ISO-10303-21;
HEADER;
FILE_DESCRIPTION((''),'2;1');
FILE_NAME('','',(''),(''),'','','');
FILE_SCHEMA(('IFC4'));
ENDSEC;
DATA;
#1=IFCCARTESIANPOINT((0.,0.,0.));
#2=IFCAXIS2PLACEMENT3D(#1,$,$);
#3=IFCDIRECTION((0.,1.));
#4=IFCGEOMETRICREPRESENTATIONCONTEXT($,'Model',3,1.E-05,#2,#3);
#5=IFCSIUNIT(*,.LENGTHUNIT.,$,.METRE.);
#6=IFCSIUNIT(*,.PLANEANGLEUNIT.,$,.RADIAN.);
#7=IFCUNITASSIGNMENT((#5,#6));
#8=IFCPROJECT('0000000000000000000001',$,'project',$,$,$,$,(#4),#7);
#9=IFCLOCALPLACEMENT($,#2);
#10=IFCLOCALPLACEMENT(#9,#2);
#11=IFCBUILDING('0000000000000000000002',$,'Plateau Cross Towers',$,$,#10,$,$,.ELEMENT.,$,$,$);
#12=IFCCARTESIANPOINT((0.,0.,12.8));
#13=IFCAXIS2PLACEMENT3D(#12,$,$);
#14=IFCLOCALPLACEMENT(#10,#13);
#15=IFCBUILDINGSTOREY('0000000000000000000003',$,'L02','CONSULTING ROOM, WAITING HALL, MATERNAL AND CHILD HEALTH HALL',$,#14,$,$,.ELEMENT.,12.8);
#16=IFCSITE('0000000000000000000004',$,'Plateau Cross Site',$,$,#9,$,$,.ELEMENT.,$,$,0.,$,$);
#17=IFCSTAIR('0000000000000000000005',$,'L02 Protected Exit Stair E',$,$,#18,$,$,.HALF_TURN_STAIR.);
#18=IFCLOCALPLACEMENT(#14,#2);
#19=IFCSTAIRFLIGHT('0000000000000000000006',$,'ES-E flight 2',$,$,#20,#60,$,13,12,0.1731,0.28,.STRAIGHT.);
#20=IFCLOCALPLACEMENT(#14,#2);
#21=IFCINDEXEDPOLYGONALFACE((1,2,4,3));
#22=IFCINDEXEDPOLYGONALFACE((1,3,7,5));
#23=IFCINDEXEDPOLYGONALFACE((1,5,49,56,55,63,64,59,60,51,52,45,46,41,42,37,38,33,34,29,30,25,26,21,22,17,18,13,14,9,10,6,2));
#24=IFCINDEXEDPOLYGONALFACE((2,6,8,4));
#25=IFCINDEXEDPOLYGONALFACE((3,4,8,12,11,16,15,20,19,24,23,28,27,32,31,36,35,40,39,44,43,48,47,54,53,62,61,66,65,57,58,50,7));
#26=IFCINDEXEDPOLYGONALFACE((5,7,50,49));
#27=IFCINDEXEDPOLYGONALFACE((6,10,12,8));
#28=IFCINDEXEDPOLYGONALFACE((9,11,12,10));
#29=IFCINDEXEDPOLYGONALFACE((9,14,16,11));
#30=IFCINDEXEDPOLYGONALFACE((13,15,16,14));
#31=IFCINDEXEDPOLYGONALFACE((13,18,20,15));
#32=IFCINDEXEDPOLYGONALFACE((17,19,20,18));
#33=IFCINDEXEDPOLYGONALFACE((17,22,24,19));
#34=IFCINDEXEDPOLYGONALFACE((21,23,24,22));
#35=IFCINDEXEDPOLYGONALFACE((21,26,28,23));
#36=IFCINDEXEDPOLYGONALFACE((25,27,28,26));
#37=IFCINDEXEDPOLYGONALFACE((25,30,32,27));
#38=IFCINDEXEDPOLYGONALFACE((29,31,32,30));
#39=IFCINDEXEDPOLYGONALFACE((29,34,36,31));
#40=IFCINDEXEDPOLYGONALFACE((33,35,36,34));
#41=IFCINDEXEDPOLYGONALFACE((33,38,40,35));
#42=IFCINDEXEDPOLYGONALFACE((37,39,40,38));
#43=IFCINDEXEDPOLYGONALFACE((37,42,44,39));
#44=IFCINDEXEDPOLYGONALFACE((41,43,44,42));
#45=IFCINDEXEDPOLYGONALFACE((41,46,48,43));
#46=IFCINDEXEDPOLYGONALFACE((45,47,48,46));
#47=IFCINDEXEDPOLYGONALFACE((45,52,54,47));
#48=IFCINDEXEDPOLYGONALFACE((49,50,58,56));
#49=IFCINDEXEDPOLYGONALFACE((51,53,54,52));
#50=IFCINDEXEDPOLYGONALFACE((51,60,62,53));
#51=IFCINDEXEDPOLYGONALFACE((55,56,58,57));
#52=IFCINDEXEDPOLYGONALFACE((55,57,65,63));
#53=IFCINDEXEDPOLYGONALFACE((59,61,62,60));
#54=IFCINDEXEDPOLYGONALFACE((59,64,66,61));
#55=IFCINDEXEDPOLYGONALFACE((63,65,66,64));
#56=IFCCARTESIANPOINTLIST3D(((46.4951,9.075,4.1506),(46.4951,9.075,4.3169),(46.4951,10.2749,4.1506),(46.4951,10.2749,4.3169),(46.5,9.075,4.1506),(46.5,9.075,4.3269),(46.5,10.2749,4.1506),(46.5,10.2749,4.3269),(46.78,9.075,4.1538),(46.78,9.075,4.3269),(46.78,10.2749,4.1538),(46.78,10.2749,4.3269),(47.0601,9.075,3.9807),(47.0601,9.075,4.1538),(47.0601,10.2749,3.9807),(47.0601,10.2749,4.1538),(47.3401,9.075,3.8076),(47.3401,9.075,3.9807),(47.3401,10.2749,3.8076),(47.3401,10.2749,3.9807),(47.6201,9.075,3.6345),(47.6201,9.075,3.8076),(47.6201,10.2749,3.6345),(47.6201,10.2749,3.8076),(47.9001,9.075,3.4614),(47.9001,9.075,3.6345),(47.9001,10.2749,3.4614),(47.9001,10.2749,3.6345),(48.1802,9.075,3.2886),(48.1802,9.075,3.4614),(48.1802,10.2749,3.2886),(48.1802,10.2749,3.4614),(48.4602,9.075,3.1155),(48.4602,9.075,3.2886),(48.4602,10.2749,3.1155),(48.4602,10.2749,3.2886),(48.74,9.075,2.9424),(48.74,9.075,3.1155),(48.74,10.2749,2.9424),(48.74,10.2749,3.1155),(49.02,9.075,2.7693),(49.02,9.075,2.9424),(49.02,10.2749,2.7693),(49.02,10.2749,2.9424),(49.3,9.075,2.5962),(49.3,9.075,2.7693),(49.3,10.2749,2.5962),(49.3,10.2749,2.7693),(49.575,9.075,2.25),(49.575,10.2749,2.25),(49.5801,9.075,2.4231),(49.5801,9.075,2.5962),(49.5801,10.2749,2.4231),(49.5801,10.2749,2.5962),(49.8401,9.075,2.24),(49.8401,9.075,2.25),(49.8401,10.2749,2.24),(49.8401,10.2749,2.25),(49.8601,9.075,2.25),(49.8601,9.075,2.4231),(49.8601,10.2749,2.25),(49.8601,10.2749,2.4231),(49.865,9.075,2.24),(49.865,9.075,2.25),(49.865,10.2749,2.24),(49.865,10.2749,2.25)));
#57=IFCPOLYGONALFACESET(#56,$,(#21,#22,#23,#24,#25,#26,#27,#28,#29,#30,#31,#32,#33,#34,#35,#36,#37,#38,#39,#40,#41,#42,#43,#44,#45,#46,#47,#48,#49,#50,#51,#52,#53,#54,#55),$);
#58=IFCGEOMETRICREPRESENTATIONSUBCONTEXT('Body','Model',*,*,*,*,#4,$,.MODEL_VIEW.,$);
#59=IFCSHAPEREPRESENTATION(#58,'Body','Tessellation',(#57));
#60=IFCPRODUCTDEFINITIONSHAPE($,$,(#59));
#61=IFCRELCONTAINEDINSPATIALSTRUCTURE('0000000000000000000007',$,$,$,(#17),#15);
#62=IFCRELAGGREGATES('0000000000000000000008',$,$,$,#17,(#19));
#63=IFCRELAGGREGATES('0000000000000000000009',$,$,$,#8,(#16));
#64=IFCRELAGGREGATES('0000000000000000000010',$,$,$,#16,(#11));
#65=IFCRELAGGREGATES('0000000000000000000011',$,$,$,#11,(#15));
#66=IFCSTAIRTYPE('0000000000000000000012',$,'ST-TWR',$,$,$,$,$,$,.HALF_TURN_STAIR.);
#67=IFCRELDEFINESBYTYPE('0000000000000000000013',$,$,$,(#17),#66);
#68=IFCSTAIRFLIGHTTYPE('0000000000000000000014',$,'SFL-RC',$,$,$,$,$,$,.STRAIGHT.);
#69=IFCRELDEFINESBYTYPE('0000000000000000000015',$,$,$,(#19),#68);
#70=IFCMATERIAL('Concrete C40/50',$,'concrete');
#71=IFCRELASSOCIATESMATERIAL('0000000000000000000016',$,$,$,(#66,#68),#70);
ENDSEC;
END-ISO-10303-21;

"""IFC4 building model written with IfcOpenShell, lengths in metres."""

from ifc_helpers import new_model, si_unit, direction, frame, origin, place, context, subcontext, project, spatial, polyline, outline, extrude, material, type_object, element, aggregate, save


model = new_model("IFC4")

# Units and contexts
model_context = context("Model", 3, precision=1e-05, world=origin(), true_north=direction((0.0, 1.0)))
body_context = subcontext(model_context, "Body", "Model", "MODEL_VIEW")
ifc_project = project(units=[si_unit("LENGTHUNIT", "METRE"), si_unit("PLANEANGLEUNIT", "RADIAN")], contexts=[model_context])

# Site, building, storey
site_placement = place(None, origin())
site = spatial("IfcSite", under=ifc_project, at=site_placement, Name="Plateau Cross Site", CompositionType="ELEMENT", RefElevation=0.0)
building_placement = place(site_placement, origin())
building = spatial("IfcBuilding", under=site, at=building_placement, Name="Plateau Cross Towers", CompositionType="ELEMENT")
storey_placement = place(building_placement, frame((0.0, 0.0, 12.8)))
storey = spatial("IfcBuildingStorey", under=building, at=storey_placement, Name="L02", Description="CONSULTING ROOM, WAITING HALL, MATERNAL AND CHILD HEALTH HALL", CompositionType="ELEMENT", Elevation=12.8)

# Stair, stair flight
ifc_material_1 = material(Name="Concrete C40/50", Category="concrete")
stair_type = type_object("IfcStairType", Name="ST-TWR", PredefinedType="HALF_TURN_STAIR", material=ifc_material_1)
stair_placement = place(storey_placement, origin())
stair = element("IfcStair", 1, at=stair_placement, inside=storey, type_object=stair_type, Name="L02 Protected Exit Stair E", PredefinedType="HALF_TURN_STAIR")
stair_flight_type = type_object("IfcStairFlightType", Name="SFL-RC", PredefinedType="STRAIGHT", material=ifc_material_1)
stair_flight_1_placement = place(storey_placement, frame((49.8601, 9.675, 2.25), z_axis=(0.0, 0.0, 1.0), x_axis=(-1.0, 0.0, 0.0)))
stair_flight_1 = element("IfcStairFlight", 2, at=stair_flight_1_placement, type_object=stair_flight_type, Name="ES-E flight 2", NumberOfRisers=13, NumberOfTreads=12, PredefinedType="STRAIGHT", RiserHeight=0.1731, TreadLength=0.28, context=body_context, shape_type="SweptSolid", body=[
    extrude(outline(polyline([(-0.0049, -0.01), (-0.0049, 0.0), (0.0, 0.0), (0.0, 0.1731), (0.28, 0.1731), (0.28, 0.3462), (0.5601, 0.3462), (0.5601, 0.5193), (0.8401, 0.5193), (0.8401, 0.6924), (1.1201, 0.6924), (1.1201, 0.8655), (1.3999, 0.8655), (1.3999, 1.0386), (1.6799, 1.0386), (1.6799, 1.2114), (1.96, 1.2114), (1.96, 1.3845), (2.24, 1.3845), (2.24, 1.5576), (2.52, 1.5576), (2.52, 1.7307), (2.8, 1.7307), (2.8, 1.9038), (3.0801, 1.9038), (3.0801, 2.0769), (3.3601, 2.0769), (3.365, 2.0669), (3.365, 1.9006), (3.3601, 1.9006), (0.2852, 0.0), (0.02, 0.0), (0.02, -0.01), (-0.0049, -0.01)])), frame((0.0, 0.6001, 0.0), z_axis=(0.0, -1.0, 0.0), x_axis=(1.0, 0.0, 0.0)), (0.0, 0.0, 1.0), 1.2),
])
aggregate(stair, [stair_flight_1])

save(model, "model.ifc")
